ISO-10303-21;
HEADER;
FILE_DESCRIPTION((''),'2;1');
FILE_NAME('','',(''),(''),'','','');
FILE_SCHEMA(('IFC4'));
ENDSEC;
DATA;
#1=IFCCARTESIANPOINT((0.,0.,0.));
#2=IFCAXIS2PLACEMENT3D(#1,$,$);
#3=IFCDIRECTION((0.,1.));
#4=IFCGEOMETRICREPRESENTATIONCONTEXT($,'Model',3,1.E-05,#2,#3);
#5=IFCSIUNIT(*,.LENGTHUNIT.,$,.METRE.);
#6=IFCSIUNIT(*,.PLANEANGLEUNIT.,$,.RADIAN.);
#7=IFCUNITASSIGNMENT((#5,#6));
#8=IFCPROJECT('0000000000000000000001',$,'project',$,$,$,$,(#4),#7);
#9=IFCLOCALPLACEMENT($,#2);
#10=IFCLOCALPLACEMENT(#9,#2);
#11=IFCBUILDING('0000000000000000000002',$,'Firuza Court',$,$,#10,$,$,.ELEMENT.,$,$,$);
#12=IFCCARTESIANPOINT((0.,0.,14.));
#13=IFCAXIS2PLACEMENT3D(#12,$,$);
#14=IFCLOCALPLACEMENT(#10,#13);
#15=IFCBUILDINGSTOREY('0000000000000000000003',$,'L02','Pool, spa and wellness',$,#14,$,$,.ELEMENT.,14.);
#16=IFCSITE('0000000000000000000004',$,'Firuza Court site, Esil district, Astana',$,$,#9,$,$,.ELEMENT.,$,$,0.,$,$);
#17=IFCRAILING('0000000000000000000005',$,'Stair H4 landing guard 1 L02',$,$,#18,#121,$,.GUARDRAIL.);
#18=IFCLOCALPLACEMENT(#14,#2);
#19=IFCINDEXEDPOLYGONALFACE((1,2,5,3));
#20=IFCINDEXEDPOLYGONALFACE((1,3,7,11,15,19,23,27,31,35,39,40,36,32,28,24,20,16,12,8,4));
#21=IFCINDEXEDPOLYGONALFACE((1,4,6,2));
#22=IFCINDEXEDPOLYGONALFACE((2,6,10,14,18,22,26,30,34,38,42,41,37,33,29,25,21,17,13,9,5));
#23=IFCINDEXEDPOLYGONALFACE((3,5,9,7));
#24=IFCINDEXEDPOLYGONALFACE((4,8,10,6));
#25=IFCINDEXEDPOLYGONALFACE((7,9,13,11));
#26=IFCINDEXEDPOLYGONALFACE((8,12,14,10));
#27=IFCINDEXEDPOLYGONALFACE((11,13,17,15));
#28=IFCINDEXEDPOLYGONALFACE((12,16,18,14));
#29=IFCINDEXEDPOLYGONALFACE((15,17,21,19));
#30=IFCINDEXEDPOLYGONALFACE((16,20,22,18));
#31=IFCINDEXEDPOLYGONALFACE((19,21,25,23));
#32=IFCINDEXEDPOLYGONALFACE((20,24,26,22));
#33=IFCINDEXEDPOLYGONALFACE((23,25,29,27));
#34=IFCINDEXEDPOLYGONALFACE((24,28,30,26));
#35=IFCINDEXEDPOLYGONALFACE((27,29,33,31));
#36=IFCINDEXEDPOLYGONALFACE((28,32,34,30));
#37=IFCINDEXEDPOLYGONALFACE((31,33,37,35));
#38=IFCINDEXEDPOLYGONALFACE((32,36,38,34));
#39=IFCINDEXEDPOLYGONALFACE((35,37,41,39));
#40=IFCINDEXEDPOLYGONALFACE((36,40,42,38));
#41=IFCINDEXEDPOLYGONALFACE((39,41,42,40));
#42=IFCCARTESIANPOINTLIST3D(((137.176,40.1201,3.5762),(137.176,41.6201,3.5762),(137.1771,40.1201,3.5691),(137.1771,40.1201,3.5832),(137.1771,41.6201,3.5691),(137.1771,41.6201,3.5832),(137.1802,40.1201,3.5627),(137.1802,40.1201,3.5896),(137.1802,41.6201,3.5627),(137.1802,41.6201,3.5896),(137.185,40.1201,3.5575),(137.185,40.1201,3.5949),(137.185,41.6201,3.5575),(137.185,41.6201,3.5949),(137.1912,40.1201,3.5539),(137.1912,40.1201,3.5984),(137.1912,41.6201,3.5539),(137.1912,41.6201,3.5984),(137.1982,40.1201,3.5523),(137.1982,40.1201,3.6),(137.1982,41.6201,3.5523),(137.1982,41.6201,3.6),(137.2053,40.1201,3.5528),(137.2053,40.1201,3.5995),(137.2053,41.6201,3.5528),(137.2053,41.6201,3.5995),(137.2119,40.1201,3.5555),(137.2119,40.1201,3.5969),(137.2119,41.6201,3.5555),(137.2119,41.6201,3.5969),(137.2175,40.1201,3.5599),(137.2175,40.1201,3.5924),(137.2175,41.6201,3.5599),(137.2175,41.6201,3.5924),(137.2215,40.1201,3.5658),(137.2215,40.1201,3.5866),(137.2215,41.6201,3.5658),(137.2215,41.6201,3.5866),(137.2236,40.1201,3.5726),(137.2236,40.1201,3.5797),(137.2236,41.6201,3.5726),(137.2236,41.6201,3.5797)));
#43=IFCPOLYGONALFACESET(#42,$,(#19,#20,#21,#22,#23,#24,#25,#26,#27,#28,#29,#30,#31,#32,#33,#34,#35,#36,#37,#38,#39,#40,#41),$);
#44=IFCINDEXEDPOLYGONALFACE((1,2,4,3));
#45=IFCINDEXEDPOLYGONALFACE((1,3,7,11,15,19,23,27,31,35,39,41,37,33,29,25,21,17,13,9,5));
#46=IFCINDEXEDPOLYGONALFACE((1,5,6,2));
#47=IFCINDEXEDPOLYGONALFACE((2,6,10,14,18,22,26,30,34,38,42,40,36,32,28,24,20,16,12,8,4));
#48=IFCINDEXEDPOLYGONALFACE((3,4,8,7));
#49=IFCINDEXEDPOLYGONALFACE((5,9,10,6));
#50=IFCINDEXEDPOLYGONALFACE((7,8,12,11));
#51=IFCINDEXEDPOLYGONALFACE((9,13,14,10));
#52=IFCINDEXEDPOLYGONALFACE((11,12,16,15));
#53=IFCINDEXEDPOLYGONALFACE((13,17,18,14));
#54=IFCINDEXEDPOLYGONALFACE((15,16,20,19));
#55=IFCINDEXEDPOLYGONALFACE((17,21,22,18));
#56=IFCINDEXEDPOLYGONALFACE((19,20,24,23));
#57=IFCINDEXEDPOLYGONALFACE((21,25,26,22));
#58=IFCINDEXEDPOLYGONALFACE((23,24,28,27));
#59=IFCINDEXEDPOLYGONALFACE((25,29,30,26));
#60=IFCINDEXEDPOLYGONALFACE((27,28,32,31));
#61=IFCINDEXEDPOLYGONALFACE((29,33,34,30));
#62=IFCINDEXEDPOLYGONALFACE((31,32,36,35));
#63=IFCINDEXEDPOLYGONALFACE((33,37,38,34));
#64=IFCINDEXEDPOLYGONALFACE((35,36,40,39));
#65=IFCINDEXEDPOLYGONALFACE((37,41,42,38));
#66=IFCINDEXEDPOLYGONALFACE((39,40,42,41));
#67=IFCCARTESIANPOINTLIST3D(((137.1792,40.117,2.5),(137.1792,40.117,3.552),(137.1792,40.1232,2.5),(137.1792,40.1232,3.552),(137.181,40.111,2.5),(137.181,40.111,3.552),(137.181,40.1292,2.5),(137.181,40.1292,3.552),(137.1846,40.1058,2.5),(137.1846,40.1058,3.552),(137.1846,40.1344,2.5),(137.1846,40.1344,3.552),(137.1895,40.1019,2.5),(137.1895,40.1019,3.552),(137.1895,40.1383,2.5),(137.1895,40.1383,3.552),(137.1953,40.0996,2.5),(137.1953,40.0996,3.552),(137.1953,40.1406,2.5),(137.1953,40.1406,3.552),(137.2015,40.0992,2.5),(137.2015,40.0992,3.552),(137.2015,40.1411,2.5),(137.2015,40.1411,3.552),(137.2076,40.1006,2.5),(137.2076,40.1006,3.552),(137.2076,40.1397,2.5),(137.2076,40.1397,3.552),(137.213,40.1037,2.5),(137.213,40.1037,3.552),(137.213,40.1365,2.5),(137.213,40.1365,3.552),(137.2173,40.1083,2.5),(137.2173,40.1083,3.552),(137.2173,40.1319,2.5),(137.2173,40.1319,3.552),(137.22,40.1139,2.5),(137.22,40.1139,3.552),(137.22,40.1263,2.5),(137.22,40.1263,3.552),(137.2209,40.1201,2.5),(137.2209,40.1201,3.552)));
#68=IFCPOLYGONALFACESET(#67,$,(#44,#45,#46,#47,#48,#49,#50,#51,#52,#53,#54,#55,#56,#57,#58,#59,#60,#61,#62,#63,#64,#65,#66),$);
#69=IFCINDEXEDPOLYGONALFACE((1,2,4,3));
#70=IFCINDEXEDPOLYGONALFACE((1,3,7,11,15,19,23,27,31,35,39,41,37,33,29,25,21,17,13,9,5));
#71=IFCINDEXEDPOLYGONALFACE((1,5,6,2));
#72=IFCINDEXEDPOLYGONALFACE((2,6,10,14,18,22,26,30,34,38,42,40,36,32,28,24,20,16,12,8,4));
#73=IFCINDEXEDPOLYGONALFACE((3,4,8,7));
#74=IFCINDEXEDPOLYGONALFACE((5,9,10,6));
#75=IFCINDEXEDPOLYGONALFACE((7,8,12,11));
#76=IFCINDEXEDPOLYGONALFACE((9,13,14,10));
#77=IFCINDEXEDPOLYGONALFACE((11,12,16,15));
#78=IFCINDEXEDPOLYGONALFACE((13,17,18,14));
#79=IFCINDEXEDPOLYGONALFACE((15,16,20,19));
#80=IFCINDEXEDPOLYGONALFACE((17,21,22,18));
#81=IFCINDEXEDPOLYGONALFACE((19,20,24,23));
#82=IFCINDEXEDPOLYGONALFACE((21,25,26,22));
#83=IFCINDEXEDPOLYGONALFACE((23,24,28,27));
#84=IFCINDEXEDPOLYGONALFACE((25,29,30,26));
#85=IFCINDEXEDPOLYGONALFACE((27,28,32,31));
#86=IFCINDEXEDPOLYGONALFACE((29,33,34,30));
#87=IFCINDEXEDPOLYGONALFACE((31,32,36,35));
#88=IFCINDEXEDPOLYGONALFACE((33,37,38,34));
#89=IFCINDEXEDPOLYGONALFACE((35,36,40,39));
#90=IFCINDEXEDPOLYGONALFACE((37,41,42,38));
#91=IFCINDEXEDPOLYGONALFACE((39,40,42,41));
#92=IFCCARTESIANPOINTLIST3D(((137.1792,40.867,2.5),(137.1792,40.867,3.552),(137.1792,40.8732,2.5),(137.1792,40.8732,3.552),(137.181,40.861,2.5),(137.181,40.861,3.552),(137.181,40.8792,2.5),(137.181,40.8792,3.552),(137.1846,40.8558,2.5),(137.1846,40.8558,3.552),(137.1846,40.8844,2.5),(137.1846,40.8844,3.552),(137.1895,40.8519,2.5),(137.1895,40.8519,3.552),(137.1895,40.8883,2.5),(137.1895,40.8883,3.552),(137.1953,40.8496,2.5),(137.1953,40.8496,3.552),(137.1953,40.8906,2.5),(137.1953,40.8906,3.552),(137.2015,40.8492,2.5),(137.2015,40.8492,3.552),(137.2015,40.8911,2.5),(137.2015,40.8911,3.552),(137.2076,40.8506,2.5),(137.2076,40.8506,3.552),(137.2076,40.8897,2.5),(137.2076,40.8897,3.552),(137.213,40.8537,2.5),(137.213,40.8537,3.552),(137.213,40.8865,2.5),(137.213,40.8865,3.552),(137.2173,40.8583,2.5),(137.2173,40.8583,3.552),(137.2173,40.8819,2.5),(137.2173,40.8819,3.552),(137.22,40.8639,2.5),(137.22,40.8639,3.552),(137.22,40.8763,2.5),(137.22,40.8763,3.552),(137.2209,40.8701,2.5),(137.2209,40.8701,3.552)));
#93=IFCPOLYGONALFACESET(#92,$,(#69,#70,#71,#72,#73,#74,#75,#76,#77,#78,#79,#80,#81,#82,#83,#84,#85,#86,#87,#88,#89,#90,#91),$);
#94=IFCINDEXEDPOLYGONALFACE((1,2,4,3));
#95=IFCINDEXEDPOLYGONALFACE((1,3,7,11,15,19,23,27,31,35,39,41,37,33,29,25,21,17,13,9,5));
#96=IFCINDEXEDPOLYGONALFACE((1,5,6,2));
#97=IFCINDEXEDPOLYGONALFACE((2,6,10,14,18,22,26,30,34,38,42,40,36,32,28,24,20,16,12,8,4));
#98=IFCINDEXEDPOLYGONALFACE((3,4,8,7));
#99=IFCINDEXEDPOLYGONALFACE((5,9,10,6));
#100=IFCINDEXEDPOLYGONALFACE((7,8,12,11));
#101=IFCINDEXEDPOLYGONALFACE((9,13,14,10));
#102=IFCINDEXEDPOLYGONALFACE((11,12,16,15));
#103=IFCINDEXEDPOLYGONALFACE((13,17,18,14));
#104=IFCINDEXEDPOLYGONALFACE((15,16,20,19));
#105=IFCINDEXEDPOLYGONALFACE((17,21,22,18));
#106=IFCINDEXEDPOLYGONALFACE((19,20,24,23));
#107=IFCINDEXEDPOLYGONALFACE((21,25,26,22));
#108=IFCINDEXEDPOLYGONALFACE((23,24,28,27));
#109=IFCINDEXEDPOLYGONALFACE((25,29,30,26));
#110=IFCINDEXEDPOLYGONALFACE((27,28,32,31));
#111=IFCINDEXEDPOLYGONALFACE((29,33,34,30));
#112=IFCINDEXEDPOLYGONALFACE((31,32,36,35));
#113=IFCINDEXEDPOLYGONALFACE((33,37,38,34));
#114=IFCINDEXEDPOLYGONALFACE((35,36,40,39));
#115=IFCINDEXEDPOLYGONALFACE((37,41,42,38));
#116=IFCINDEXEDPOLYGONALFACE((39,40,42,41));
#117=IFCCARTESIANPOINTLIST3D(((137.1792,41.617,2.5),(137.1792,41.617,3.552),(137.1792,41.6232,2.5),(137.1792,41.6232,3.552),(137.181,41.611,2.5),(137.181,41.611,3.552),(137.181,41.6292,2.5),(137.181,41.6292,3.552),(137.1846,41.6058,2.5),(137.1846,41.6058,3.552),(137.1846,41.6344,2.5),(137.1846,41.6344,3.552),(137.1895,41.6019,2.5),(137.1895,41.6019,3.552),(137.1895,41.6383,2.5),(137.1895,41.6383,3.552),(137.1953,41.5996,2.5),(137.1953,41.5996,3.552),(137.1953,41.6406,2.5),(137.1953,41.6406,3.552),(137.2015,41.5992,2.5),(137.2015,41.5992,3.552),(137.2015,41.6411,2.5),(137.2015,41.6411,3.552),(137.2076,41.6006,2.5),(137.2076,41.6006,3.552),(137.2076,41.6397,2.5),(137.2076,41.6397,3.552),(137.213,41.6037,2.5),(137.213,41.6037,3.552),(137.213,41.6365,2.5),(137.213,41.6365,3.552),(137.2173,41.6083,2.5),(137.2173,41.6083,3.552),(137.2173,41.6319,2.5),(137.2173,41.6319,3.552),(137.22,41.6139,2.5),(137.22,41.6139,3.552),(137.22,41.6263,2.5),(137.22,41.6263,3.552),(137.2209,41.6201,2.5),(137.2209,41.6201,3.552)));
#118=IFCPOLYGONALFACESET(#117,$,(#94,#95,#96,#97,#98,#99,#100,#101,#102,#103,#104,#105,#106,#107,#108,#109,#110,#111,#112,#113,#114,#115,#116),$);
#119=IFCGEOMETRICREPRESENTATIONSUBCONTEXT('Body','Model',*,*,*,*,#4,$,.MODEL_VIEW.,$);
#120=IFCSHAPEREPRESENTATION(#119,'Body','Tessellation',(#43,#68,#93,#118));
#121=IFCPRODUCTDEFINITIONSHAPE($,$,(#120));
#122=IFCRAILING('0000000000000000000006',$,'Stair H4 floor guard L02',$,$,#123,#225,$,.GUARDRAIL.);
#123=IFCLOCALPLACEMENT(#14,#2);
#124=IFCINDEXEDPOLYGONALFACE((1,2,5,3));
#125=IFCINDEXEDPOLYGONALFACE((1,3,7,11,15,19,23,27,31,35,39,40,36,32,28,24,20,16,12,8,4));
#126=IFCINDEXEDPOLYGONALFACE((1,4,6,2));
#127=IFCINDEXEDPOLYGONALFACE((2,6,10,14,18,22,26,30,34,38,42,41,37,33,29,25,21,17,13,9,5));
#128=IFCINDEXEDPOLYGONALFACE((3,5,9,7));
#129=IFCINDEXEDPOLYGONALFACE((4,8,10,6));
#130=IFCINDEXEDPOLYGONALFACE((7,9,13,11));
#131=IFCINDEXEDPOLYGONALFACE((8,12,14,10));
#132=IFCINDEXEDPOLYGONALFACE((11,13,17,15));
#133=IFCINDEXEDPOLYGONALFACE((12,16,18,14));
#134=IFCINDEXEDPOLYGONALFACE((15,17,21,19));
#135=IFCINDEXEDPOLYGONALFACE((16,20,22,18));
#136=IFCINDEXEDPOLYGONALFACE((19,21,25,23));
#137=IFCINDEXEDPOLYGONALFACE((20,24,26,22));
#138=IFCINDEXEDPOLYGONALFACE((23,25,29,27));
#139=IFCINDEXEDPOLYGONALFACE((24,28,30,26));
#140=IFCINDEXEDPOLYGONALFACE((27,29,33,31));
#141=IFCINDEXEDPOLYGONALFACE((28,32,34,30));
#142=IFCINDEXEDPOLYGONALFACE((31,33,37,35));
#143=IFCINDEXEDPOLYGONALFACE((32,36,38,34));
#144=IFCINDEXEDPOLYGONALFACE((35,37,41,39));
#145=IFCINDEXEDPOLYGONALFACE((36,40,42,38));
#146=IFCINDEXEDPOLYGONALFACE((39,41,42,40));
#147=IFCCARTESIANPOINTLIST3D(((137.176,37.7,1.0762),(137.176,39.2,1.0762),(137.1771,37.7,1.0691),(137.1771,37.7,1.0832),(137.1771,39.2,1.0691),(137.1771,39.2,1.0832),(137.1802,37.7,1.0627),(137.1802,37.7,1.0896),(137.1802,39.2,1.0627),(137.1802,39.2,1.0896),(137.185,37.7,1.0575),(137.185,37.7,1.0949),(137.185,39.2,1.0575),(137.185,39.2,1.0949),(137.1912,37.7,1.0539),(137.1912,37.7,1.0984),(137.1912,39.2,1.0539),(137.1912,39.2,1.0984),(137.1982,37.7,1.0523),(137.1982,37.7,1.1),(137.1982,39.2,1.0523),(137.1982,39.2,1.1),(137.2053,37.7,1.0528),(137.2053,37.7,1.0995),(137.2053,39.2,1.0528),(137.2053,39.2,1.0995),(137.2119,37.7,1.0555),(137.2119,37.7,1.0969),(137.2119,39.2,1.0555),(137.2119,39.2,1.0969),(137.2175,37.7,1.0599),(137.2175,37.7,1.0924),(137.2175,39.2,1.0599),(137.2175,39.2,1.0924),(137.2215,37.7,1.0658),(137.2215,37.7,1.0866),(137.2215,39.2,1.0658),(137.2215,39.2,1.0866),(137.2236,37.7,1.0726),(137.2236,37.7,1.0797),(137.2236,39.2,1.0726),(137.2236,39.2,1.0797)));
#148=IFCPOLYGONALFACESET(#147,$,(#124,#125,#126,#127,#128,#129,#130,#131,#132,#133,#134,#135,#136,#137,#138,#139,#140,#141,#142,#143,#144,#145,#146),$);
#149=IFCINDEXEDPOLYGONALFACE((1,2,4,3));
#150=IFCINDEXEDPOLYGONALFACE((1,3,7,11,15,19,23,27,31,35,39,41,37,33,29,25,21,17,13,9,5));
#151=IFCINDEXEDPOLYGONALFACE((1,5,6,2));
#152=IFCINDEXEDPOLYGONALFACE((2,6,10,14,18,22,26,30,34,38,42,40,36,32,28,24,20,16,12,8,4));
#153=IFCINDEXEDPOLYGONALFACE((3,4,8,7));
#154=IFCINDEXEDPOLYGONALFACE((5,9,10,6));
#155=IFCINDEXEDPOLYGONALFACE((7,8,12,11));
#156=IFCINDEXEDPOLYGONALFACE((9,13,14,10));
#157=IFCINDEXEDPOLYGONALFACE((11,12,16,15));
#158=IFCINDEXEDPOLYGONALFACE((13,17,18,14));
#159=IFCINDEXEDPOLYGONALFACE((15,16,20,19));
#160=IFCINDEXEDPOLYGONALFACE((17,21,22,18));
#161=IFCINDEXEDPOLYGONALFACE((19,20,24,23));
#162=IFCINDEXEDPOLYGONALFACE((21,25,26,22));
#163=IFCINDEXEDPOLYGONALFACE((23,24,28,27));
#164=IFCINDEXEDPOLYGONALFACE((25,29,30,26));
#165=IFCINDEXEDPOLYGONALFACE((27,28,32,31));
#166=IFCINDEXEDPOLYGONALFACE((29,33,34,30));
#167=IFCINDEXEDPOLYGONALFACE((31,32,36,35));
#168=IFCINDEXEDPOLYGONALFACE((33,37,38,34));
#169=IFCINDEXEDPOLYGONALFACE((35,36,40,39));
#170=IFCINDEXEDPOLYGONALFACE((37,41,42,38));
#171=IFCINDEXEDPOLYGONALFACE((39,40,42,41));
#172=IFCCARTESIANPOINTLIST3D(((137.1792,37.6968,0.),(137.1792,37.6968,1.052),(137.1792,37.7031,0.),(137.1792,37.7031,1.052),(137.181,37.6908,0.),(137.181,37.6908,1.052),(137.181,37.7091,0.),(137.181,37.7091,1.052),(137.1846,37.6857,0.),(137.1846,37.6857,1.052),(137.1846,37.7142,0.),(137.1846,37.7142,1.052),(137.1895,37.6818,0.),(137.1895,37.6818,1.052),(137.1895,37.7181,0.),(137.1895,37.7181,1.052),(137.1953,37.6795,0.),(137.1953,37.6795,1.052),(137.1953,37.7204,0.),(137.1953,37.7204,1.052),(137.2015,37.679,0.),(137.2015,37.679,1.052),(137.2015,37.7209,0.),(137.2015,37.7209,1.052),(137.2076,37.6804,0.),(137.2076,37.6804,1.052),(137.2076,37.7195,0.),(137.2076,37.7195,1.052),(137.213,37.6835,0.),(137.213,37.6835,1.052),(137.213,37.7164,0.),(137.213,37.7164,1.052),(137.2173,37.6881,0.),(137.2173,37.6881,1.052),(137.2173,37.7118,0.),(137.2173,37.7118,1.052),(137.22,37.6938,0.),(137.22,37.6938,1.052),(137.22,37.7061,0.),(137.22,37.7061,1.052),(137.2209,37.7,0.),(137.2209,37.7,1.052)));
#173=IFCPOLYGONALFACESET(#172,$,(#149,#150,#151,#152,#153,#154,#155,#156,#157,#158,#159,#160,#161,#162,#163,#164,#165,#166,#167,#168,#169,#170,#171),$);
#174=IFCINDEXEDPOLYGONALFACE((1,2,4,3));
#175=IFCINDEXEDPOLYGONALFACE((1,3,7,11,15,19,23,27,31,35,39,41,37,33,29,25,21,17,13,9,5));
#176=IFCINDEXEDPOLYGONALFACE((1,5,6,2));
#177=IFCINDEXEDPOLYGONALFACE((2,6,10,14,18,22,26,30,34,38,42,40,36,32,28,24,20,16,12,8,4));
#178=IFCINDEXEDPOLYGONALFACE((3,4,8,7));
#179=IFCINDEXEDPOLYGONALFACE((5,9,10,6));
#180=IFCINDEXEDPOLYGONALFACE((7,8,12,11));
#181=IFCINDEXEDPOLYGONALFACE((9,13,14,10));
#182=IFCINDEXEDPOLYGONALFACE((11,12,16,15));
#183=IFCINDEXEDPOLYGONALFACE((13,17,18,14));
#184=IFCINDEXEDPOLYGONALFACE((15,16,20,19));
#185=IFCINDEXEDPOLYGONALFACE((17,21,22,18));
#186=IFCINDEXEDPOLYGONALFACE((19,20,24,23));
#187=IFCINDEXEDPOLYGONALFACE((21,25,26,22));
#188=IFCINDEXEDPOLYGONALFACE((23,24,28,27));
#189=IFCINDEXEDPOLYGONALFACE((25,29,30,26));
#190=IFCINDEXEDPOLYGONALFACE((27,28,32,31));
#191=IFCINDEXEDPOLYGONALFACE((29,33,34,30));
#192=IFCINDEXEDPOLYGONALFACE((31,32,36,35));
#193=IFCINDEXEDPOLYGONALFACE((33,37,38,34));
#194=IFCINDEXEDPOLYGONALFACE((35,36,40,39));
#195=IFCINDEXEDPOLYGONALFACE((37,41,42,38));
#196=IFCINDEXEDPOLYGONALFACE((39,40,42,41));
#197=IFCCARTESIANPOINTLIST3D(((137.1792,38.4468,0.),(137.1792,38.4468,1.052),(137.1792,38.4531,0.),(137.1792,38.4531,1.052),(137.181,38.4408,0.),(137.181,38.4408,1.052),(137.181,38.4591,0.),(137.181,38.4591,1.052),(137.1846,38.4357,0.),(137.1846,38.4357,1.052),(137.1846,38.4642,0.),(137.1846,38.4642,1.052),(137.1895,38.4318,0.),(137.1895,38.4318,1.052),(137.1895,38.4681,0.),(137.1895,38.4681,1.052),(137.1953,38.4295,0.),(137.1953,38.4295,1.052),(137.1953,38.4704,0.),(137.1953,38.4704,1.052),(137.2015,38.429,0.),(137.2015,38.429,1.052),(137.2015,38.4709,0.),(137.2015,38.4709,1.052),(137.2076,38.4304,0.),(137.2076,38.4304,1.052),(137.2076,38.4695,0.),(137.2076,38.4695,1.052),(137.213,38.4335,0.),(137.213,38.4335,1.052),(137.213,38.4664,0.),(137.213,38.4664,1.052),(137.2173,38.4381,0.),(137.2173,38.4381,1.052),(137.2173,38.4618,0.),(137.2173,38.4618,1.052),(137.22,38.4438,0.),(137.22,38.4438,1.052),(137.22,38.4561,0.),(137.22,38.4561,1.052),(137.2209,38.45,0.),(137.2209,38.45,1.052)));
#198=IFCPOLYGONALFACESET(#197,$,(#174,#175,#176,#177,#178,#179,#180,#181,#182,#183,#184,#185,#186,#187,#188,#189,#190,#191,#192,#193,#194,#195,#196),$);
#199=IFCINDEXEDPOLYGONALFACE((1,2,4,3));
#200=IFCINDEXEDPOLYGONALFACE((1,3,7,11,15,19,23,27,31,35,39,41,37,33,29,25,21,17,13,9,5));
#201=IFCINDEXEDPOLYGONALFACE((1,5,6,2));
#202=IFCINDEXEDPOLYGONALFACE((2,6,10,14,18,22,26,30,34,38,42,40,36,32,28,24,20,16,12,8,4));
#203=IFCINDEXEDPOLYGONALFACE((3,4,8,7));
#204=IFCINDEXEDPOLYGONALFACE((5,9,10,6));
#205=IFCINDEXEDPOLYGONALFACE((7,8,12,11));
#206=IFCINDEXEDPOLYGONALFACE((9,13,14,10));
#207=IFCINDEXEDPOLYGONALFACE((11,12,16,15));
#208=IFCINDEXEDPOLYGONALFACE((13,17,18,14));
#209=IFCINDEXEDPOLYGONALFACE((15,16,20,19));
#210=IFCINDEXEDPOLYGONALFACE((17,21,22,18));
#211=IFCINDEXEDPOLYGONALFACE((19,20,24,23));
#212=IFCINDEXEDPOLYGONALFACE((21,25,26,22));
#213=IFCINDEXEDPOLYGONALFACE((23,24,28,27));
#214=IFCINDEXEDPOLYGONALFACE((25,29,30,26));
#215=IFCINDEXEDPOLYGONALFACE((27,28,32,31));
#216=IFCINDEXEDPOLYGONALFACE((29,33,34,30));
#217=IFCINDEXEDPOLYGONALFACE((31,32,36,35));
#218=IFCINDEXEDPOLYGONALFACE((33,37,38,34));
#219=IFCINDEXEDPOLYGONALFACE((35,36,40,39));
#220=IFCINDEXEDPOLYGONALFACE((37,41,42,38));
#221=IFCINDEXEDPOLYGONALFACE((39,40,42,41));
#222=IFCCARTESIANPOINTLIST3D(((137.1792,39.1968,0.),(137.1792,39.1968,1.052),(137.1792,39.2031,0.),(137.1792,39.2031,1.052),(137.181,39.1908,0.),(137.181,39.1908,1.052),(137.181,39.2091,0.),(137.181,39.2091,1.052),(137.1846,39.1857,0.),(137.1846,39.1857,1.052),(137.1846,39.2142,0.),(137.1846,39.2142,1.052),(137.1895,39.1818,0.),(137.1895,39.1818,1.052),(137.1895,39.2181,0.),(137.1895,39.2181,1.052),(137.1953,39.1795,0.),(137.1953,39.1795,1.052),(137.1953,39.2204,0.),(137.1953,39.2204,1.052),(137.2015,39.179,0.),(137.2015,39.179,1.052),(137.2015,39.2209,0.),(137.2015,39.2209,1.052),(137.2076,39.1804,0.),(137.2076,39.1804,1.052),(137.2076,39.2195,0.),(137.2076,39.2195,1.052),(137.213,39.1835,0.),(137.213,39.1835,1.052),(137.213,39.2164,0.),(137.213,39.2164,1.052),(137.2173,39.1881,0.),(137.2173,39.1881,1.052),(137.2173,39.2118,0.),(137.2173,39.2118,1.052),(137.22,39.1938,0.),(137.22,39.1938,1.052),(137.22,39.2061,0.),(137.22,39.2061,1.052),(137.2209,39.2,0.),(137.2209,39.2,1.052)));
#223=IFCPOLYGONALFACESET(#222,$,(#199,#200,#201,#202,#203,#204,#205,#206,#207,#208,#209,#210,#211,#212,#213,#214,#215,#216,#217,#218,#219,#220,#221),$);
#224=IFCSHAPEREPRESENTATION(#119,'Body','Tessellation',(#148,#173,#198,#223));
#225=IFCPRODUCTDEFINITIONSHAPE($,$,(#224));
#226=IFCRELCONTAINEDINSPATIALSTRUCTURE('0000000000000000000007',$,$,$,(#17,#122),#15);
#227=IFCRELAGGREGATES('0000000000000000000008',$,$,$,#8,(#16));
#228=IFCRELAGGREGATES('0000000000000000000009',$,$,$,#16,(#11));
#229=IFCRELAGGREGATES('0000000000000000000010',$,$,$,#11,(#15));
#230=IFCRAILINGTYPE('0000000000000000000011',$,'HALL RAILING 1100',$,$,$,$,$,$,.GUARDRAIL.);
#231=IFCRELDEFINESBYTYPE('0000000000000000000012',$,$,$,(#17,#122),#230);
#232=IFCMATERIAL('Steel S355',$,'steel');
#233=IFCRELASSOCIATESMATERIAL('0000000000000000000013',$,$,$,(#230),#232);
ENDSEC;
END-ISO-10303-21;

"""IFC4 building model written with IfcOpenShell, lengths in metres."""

from ifc_helpers import new_model, si_unit, direction, frame, origin, origin_2d, place, context, subcontext, project, spatial, circle, extrude, material, type_object, element, save


model = new_model("IFC4")

# Units and contexts
model_context = context("Model", 3, precision=1e-05, world=origin(), true_north=direction((0.0, 1.0)))
body_context = subcontext(model_context, "Body", "Model", "MODEL_VIEW")
ifc_project = project(units=[si_unit("LENGTHUNIT", "METRE"), si_unit("PLANEANGLEUNIT", "RADIAN")], contexts=[model_context])

# Site, building, storey
site_placement = place(None, origin())
site = spatial("IfcSite", under=ifc_project, at=site_placement, Name="Firuza Court site, Esil district, Astana", CompositionType="ELEMENT", RefElevation=0.0)
building_placement = place(site_placement, origin())
building = spatial("IfcBuilding", under=site, at=building_placement, Name="Firuza Court", CompositionType="ELEMENT")
storey_placement = place(building_placement, frame((0.0, 0.0, 14.0)))
storey = spatial("IfcBuildingStorey", under=building, at=storey_placement, Name="L02", Description="Pool, spa and wellness", CompositionType="ELEMENT", Elevation=14.0)

# Railings
ifc_material_1 = material(Name="Steel S355", Category="steel")
railing_type_1 = type_object("IfcRailingType", Name="HALL RAILING 1100", PredefinedType="GUARDRAIL", material=ifc_material_1)
for number, where, name in (
    (1, (137.2, 40.1201, 2.5), "Stair H4 landing guard 1 L02"),
    (2, (137.2, 37.7, 0.0), "Stair H4 floor guard L02"),
):
    element("IfcRailing", number, at=place(storey_placement, frame(where)), inside=storey, type_object=railing_type_1, Name=name, PredefinedType="GUARDRAIL", context=body_context, shape_type="SweptSolid", body=[
        extrude(circle(Radius=0.0239, at=origin_2d()), frame((0.0, 0.0, 1.0762), z_axis=(0.0, 1.0, 0.0), x_axis=(-1.0, 0.0, 0.0)), (0.0, 0.0, 1.0), 1.5),
        extrude(circle(Radius=0.021, at=origin_2d()), origin(), (0.0, 0.0, 1.0), 1.052),
        extrude(circle(Radius=0.021, at=origin_2d()), frame((0.0, 0.75, 0.0)), (0.0, 0.0, 1.0), 1.052),
        extrude(circle(Radius=0.021, at=origin_2d()), frame((0.0, 1.5, 0.0)), (0.0, 0.0, 1.0), 1.052),
    ])

save(model, "model.ifc")
